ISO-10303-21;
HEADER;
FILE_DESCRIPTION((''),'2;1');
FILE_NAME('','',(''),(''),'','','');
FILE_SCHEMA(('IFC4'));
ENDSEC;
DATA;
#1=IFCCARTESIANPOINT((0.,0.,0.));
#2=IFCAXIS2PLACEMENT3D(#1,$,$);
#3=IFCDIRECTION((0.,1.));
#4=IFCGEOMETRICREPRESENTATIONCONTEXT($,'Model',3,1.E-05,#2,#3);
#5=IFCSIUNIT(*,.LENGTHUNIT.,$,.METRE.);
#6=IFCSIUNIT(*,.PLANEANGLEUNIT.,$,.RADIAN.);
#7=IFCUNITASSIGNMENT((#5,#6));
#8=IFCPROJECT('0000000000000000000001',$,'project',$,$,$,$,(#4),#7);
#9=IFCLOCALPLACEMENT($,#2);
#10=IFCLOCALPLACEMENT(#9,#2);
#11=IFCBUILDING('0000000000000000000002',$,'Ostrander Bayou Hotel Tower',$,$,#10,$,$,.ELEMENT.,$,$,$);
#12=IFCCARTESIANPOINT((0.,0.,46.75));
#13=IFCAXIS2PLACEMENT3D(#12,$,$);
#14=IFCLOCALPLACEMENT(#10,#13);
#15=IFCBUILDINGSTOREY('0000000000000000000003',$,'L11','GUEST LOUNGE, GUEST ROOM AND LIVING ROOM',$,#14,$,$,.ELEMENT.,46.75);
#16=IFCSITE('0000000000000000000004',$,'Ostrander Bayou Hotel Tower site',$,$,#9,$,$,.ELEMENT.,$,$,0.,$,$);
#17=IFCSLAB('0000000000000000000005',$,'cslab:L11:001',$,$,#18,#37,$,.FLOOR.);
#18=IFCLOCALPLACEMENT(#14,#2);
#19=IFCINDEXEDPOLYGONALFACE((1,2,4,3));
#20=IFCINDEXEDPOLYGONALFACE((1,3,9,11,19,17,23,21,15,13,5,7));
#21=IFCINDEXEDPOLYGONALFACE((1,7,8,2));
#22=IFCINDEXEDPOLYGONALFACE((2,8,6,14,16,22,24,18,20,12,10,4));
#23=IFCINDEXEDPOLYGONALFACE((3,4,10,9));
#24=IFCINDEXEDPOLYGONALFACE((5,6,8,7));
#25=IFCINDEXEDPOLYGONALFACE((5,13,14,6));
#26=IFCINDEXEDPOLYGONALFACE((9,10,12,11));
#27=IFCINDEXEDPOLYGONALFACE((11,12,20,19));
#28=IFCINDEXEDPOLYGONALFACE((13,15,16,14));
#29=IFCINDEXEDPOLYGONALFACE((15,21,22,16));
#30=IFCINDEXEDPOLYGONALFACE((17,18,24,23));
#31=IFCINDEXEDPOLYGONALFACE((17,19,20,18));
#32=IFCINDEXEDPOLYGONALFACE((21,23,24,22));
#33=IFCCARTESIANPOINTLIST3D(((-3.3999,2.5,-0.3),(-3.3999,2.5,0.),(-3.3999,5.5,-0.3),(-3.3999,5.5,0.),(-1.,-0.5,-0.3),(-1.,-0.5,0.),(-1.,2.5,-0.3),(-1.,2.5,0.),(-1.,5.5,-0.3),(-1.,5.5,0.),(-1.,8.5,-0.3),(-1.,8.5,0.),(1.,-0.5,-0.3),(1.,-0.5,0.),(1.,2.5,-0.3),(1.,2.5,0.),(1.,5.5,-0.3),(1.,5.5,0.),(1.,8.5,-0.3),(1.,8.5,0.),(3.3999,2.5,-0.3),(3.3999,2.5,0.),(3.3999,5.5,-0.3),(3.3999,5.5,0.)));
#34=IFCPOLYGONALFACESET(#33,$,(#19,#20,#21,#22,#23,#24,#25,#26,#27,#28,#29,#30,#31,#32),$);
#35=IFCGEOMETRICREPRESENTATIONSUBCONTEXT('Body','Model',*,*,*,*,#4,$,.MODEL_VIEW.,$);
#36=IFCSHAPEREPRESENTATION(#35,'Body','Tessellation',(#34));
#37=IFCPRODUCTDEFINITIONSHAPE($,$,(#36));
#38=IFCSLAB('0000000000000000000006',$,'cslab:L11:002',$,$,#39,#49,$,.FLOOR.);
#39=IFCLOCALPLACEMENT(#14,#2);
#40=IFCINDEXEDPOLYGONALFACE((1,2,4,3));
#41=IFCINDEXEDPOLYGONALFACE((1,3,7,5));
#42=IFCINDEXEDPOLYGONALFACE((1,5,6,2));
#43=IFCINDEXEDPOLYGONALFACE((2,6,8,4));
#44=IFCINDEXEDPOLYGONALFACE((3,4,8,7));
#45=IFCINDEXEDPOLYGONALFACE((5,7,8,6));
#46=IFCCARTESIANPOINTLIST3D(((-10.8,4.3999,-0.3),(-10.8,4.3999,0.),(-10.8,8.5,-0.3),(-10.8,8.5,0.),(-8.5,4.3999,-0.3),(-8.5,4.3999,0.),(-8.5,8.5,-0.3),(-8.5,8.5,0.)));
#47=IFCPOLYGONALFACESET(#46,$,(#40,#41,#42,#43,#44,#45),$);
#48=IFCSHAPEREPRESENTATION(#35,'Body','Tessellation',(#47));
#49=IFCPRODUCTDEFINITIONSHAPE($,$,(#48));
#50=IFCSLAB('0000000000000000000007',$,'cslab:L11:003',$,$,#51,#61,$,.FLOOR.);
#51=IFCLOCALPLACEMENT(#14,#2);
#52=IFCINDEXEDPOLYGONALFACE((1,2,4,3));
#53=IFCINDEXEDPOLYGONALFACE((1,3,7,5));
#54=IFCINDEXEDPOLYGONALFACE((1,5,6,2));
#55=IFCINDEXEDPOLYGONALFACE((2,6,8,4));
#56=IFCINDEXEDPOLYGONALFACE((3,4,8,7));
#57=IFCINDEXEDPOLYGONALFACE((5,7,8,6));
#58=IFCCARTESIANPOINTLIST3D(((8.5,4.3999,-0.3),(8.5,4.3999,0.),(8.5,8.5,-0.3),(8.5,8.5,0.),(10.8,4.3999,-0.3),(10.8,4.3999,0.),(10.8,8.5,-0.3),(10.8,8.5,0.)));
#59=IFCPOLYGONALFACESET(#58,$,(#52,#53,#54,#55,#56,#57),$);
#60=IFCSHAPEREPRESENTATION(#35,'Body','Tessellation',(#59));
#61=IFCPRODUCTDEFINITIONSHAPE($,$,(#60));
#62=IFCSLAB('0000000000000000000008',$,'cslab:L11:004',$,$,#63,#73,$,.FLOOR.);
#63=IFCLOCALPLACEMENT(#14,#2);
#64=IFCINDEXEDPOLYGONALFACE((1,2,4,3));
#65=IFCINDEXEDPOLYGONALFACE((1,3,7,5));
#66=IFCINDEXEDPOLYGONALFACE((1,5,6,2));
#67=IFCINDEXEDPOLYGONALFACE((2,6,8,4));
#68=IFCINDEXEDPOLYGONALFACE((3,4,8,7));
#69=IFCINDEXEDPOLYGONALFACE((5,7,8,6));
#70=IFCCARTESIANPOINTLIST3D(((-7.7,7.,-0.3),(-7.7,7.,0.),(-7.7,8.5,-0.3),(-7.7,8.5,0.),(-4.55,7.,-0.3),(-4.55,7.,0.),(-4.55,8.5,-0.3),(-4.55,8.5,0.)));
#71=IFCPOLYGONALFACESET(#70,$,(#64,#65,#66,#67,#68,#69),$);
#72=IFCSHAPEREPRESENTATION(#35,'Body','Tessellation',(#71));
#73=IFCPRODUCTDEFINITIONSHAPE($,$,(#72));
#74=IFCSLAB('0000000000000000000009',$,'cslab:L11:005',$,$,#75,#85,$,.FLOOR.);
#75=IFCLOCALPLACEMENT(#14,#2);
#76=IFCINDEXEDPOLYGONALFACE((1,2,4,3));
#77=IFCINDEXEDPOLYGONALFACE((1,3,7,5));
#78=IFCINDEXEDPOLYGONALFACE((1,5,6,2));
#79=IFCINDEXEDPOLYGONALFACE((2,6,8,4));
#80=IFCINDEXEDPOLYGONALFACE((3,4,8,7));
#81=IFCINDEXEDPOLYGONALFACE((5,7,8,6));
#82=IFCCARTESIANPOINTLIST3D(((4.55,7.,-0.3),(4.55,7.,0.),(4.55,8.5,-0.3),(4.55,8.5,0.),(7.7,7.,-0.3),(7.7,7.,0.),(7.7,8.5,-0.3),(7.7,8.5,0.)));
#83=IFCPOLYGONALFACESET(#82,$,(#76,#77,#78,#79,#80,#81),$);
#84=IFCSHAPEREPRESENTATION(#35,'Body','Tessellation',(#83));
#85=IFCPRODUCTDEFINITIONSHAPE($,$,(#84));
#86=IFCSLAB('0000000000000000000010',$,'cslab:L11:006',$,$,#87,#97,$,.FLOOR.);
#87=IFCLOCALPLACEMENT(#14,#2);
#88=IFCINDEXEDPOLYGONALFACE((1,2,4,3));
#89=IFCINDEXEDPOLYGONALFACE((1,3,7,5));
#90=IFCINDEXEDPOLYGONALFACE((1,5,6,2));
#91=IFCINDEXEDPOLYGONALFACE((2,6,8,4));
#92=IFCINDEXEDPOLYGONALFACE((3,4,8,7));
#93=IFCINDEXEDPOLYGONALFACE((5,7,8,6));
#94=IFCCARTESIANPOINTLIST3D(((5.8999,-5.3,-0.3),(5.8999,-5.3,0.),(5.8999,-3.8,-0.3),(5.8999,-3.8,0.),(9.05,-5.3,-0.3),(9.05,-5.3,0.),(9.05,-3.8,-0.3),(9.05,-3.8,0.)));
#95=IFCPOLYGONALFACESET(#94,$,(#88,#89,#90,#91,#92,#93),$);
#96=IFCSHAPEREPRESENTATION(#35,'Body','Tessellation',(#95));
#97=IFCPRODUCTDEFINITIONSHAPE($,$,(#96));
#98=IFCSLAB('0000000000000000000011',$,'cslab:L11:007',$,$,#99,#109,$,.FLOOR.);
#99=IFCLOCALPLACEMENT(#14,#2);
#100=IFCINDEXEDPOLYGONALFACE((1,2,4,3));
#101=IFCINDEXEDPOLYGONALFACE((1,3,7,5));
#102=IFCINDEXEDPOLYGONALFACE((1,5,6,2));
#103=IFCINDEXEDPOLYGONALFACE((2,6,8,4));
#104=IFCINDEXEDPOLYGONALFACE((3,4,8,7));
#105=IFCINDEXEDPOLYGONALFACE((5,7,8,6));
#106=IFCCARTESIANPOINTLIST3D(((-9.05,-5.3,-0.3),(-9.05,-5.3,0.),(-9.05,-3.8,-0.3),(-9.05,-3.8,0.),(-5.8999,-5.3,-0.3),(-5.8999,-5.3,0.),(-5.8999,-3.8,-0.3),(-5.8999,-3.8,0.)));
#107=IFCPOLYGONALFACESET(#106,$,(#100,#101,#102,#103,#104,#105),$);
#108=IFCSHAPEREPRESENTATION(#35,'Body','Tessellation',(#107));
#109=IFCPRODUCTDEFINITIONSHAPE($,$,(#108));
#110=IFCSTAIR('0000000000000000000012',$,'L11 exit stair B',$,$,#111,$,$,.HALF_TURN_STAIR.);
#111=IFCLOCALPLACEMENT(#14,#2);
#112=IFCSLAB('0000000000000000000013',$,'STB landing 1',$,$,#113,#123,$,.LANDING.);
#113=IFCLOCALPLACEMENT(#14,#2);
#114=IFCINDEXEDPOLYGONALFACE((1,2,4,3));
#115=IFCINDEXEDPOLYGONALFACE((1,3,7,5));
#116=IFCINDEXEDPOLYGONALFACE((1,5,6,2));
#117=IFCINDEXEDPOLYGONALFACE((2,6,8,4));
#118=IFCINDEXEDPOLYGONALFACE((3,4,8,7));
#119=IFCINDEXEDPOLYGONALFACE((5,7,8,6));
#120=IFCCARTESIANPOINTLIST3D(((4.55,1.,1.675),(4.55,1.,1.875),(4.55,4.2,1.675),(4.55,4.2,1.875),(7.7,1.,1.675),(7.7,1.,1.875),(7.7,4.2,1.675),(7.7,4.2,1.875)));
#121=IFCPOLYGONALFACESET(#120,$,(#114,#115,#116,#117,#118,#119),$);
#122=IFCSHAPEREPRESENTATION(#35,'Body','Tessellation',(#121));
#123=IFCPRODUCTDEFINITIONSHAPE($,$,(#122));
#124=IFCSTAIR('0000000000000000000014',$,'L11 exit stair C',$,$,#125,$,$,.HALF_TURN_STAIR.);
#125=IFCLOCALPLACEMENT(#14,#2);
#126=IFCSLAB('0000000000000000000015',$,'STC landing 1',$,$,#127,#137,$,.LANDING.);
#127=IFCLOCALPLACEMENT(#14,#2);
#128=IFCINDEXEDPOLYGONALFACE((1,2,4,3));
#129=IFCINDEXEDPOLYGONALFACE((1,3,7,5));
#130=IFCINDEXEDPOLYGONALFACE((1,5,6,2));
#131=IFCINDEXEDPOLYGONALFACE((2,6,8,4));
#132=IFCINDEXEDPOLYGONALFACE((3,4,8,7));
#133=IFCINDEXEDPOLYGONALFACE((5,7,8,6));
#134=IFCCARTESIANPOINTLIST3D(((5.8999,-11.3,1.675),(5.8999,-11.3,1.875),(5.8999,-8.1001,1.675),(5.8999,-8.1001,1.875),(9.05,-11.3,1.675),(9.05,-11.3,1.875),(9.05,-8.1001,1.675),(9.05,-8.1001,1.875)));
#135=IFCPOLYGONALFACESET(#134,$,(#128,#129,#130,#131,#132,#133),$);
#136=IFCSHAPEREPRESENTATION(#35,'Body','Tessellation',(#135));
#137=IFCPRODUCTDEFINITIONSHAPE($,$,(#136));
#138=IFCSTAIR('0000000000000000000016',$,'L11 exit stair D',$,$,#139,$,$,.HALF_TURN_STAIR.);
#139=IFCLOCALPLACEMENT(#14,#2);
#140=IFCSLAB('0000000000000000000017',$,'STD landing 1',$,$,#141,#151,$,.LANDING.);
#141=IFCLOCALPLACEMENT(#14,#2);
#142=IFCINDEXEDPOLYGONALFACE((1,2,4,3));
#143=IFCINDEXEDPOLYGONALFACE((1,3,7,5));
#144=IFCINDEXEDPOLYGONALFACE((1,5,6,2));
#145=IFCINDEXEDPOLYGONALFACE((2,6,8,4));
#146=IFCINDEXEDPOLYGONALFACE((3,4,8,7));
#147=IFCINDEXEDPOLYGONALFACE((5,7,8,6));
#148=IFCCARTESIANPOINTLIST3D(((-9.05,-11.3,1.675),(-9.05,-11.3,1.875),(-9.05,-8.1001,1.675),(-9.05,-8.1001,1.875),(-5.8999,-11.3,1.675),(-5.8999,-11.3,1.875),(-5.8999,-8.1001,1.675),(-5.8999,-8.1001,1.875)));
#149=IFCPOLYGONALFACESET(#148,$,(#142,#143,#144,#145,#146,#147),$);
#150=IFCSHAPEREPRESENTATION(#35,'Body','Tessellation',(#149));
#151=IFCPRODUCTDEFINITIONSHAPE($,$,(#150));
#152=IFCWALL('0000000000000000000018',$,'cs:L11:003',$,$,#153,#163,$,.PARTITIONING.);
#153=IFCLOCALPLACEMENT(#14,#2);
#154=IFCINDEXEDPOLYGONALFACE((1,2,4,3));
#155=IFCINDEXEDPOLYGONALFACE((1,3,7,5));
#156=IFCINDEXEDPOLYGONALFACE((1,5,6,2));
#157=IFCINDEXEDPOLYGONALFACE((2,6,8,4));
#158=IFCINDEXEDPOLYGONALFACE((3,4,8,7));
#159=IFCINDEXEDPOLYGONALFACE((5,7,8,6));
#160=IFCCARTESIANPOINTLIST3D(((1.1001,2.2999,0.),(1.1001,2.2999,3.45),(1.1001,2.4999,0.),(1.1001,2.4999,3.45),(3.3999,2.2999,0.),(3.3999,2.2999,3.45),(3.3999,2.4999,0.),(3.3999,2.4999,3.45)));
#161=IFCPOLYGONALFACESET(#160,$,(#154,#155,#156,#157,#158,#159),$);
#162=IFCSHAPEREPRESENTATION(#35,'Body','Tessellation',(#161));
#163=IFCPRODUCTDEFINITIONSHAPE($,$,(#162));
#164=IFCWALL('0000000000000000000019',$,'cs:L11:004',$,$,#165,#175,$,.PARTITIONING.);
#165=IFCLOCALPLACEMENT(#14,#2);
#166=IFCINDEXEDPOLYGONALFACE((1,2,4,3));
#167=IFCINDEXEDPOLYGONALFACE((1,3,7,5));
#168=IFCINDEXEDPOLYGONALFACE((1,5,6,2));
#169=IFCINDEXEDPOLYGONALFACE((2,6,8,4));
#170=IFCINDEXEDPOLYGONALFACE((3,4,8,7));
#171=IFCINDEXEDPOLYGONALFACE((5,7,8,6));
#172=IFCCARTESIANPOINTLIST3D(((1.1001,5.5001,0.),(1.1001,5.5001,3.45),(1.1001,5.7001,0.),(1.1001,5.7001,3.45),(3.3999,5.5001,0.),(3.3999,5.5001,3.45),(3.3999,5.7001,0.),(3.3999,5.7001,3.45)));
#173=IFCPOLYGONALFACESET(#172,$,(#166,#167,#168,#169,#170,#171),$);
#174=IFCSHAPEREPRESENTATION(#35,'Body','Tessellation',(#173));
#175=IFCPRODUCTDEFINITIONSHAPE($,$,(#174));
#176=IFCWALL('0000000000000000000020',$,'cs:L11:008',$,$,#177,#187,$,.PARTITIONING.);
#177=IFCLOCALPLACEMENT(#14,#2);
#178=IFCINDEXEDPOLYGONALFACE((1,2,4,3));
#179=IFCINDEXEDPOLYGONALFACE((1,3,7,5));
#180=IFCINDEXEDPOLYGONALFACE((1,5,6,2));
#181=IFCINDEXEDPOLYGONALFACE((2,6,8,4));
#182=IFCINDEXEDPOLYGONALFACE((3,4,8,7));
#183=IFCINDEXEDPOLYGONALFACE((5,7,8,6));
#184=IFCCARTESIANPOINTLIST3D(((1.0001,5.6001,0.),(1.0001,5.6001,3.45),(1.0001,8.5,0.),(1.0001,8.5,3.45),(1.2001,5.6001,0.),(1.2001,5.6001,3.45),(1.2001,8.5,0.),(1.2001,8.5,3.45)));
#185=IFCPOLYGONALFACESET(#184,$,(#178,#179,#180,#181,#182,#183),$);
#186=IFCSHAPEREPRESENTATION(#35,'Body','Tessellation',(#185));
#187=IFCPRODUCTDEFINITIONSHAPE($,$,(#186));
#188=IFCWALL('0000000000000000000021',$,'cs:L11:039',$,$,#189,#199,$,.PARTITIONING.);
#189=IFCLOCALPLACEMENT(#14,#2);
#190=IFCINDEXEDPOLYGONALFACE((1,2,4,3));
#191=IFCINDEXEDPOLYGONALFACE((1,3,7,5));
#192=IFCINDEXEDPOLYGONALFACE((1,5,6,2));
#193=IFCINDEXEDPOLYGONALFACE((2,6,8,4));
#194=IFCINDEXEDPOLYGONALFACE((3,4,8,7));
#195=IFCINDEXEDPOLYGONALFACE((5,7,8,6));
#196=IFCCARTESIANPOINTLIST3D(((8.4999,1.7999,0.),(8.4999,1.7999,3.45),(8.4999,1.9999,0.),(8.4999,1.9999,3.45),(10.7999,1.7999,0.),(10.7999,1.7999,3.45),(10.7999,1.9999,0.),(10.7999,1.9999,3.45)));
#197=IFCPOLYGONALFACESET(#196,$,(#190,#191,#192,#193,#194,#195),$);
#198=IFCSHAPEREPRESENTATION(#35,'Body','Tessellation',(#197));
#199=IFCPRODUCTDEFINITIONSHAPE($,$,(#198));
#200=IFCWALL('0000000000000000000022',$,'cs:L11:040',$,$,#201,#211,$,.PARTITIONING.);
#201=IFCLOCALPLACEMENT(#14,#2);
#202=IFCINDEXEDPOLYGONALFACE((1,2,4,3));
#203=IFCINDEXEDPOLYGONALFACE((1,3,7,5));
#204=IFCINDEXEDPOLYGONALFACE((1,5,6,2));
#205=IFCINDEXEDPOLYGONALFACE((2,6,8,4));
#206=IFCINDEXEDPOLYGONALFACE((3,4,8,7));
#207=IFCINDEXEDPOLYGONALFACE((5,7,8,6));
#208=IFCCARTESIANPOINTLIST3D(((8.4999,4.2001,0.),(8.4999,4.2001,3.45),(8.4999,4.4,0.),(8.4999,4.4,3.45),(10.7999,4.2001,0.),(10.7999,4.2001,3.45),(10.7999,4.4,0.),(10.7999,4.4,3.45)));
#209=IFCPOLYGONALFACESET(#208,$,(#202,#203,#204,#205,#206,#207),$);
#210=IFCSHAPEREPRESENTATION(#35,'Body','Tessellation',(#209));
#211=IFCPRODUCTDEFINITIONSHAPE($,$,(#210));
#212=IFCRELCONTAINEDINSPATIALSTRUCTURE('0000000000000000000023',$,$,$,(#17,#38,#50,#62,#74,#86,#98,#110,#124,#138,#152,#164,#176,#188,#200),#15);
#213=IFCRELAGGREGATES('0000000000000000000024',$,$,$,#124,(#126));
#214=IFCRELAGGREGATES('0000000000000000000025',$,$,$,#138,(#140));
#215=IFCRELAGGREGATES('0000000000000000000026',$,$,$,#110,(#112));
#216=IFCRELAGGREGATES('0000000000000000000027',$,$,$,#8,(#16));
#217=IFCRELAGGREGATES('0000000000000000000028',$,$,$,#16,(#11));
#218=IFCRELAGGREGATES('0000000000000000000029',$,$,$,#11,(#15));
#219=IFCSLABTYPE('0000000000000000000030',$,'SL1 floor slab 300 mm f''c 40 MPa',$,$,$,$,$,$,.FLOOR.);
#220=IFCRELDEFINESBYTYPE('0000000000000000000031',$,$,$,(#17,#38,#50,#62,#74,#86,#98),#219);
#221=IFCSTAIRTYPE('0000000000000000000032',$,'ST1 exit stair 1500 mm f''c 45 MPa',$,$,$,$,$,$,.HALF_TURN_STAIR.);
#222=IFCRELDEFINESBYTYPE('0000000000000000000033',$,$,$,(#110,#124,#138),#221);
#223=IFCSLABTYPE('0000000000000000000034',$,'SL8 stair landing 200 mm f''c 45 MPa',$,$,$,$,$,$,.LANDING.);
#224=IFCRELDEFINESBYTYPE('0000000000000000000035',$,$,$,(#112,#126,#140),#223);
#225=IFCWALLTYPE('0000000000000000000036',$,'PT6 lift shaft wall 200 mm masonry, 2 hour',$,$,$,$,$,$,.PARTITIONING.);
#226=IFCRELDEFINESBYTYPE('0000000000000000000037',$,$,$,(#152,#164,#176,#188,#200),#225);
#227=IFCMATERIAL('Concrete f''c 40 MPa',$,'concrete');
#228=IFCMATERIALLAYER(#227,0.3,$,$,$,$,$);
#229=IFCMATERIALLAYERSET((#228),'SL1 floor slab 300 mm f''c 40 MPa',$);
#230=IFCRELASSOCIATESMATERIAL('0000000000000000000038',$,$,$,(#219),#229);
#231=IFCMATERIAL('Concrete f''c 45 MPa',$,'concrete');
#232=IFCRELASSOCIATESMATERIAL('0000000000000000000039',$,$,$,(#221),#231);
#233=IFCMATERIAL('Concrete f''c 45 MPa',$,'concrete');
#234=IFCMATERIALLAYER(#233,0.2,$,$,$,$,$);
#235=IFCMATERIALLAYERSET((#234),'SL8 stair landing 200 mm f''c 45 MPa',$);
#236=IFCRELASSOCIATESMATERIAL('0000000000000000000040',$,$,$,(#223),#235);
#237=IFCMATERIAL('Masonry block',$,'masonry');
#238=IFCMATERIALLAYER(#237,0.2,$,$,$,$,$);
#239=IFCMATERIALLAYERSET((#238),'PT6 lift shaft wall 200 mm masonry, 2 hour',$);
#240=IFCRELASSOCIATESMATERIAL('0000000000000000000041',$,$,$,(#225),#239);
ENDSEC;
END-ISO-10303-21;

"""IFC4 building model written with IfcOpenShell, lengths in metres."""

from ifc_helpers import new_model, si_unit, direction, frame, frame_2d, origin, place, context, subcontext, project, spatial, polyline, rectangle, outline, extrude, material, layer, layer_set, type_object, element, aggregate, save


model = new_model("IFC4")

# Units and contexts
model_context = context("Model", 3, precision=1e-05, world=origin(), true_north=direction((0.0, 1.0)))
body_context = subcontext(model_context, "Body", "Model", "MODEL_VIEW")
ifc_project = project(units=[si_unit("LENGTHUNIT", "METRE"), si_unit("PLANEANGLEUNIT", "RADIAN")], contexts=[model_context])

# Site, building, storey
site_placement = place(None, origin())
site = spatial("IfcSite", under=ifc_project, at=site_placement, Name="Ostrander Bayou Hotel Tower site", CompositionType="ELEMENT", RefElevation=0.0)
building_placement = place(site_placement, origin())
building = spatial("IfcBuilding", under=site, at=building_placement, Name="Ostrander Bayou Hotel Tower", CompositionType="ELEMENT")
storey_placement = place(building_placement, frame((0.0, 0.0, 46.75)))
storey = spatial("IfcBuildingStorey", under=building, at=storey_placement, Name="L11", Description="GUEST LOUNGE, GUEST ROOM AND LIVING ROOM", CompositionType="ELEMENT", Elevation=46.75)

# Slabs
ifc_material_1 = material(Name="Concrete f'c 40 MPa", Category="concrete")
ifc_layer_1 = layer(ifc_material_1, 0.3)
ifc_layer_set_1 = layer_set([ifc_layer_1], Name="SL1 floor slab 300 mm f'c 40 MPa")
slab_type_1 = type_object("IfcSlabType", Name="SL1 floor slab 300 mm f'c 40 MPa", PredefinedType="FLOOR", material=ifc_layer_set_1)
slab_1_placement = place(storey_placement, frame((0.0, 0.0, -0.3)))
element("IfcSlab", 1, at=slab_1_placement, inside=storey, type_object=slab_type_1, Name="cslab:L11:001", PredefinedType="FLOOR", context=body_context, shape_type="SweptSolid", body=[
    extrude(outline(polyline([(-3.3999, 5.5), (-1.0, 5.5), (-1.0, 8.5), (1.0, 8.5), (1.0, 5.5), (3.3999, 5.5), (3.3999, 2.5), (1.0, 2.5), (1.0, -0.5), (-1.0, -0.5), (-1.0, 2.5), (-3.3999, 2.5), (-3.3999, 5.5)])), origin(), (0.0, 0.0, 1.0), 0.3),
])
slab_2_placement = place(storey_placement, frame((0.0, 0.0, -0.3)))
element("IfcSlab", 2, at=slab_2_placement, inside=storey, type_object=slab_type_1, Name="cslab:L11:002", PredefinedType="FLOOR", context=body_context, shape_type="SweptSolid", body=[
    extrude(outline(polyline([(-8.5, 4.3999), (-8.5, 8.5), (-10.8, 8.5), (-10.8, 4.3999), (-8.5, 4.3999)])), origin(), (0.0, 0.0, 1.0), 0.3),
])
slab_3_placement = place(storey_placement, frame((0.0, 0.0, -0.3)))
element("IfcSlab", 3, at=slab_3_placement, inside=storey, type_object=slab_type_1, Name="cslab:L11:003", PredefinedType="FLOOR", context=body_context, shape_type="SweptSolid", body=[
    extrude(outline(polyline([(10.8, 4.3999), (10.8, 8.5), (8.5, 8.5), (8.5, 4.3999), (10.8, 4.3999)])), origin(), (0.0, 0.0, 1.0), 0.3),
])
slab_4_placement = place(storey_placement, frame((0.0, 0.0, -0.3)))
element("IfcSlab", 4, at=slab_4_placement, inside=storey, type_object=slab_type_1, Name="cslab:L11:004", PredefinedType="FLOOR", context=body_context, shape_type="SweptSolid", body=[
    extrude(outline(polyline([(-4.55, 7.0), (-4.55, 8.5), (-7.7, 8.5), (-7.7, 7.0), (-4.55, 7.0)])), origin(), (0.0, 0.0, 1.0), 0.3),
])
slab_5_placement = place(storey_placement, frame((0.0, 0.0, -0.3)))
element("IfcSlab", 5, at=slab_5_placement, inside=storey, type_object=slab_type_1, Name="cslab:L11:005", PredefinedType="FLOOR", context=body_context, shape_type="SweptSolid", body=[
    extrude(outline(polyline([(7.7, 7.0), (7.7, 8.5), (4.55, 8.5), (4.55, 7.0), (7.7, 7.0)])), origin(), (0.0, 0.0, 1.0), 0.3),
])
slab_6_placement = place(storey_placement, frame((0.0, 0.0, -0.3)))
element("IfcSlab", 6, at=slab_6_placement, inside=storey, type_object=slab_type_1, Name="cslab:L11:006", PredefinedType="FLOOR", context=body_context, shape_type="SweptSolid", body=[
    extrude(outline(polyline([(9.05, -5.3), (9.05, -3.8), (5.8999, -3.8), (5.8999, -5.3), (9.05, -5.3)])), origin(), (0.0, 0.0, 1.0), 0.3),
])
slab_7_placement = place(storey_placement, frame((0.0, 0.0, -0.3)))
element("IfcSlab", 7, at=slab_7_placement, inside=storey, type_object=slab_type_1, Name="cslab:L11:007", PredefinedType="FLOOR", context=body_context, shape_type="SweptSolid", body=[
    extrude(outline(polyline([(-5.8999, -5.3), (-5.8999, -3.8), (-9.05, -3.8), (-9.05, -5.3), (-5.8999, -5.3)])), origin(), (0.0, 0.0, 1.0), 0.3),
])

# Stairs, slabs
ifc_material_2 = material(Name="Concrete f'c 45 MPa", Category="concrete")
stair_type = type_object("IfcStairType", Name="ST1 exit stair 1500 mm f'c 45 MPa", PredefinedType="HALF_TURN_STAIR", material=ifc_material_2)
stair_1_placement = place(storey_placement, origin())
stair_1 = element("IfcStair", 8, at=stair_1_placement, inside=storey, type_object=stair_type, Name="L11 exit stair B", PredefinedType="HALF_TURN_STAIR")
ifc_material_3 = material(Name="Concrete f'c 45 MPa", Category="concrete")
ifc_layer_2 = layer(ifc_material_3, 0.2)
ifc_layer_set_2 = layer_set([ifc_layer_2], Name="SL8 stair landing 200 mm f'c 45 MPa")
slab_type_2 = type_object("IfcSlabType", Name="SL8 stair landing 200 mm f'c 45 MPa", PredefinedType="LANDING", material=ifc_layer_set_2)
slab_8_placement = place(storey_placement, frame((0.0, 0.0, 1.675)))
slab_8 = element("IfcSlab", 9, at=slab_8_placement, type_object=slab_type_2, Name="STB landing 1", PredefinedType="LANDING", context=body_context, shape_type="SweptSolid", body=[
    extrude(outline(polyline([(4.55, 4.2), (4.55, 1.0), (7.7, 1.0), (7.7, 4.2), (4.55, 4.2)])), origin(), (0.0, 0.0, 1.0), 0.2),
])
stair_2_placement = place(storey_placement, origin())
stair_2 = element("IfcStair", 10, at=stair_2_placement, inside=storey, type_object=stair_type, Name="L11 exit stair C", PredefinedType="HALF_TURN_STAIR")
slab_9_placement = place(storey_placement, frame((0.0, 0.0, 1.675)))
slab_9 = element("IfcSlab", 11, at=slab_9_placement, type_object=slab_type_2, Name="STC landing 1", PredefinedType="LANDING", context=body_context, shape_type="SweptSolid", body=[
    extrude(outline(polyline([(5.8999, -8.1001), (5.8999, -11.3), (9.05, -11.3), (9.05, -8.1001), (5.8999, -8.1001)])), origin(), (0.0, 0.0, 1.0), 0.2),
])
aggregate(stair_2, [slab_9])
stair_3_placement = place(storey_placement, origin())
stair_3 = element("IfcStair", 12, at=stair_3_placement, inside=storey, type_object=stair_type, Name="L11 exit stair D", PredefinedType="HALF_TURN_STAIR")
slab_10_placement = place(storey_placement, frame((0.0, 0.0, 1.675)))
slab_10 = element("IfcSlab", 13, at=slab_10_placement, type_object=slab_type_2, Name="STD landing 1", PredefinedType="LANDING", context=body_context, shape_type="SweptSolid", body=[
    extrude(outline(polyline([(-9.05, -8.1001), (-9.05, -11.3), (-5.8999, -11.3), (-5.8999, -8.1001), (-9.05, -8.1001)])), origin(), (0.0, 0.0, 1.0), 0.2),
])
aggregate(stair_3, [slab_10])

# Walls
ifc_material_4 = material(Name="Masonry block", Category="masonry")
ifc_layer_3 = layer(ifc_material_4, 0.2)
ifc_layer_set_3 = layer_set([ifc_layer_3], Name="PT6 lift shaft wall 200 mm masonry, 2 hour")
wall_type_1 = type_object("IfcWallType", Name="PT6 lift shaft wall 200 mm masonry, 2 hour", PredefinedType="PARTITIONING", material=ifc_layer_set_3)
for number, where, z_axis, x_axis, name in (
    (14, (1.1001, 2.3999, 0.0), (0.0, 0.0, 1.0), (1.0, 0.0, 0.0), "cs:L11:003"),
    (15, (1.1001, 5.6001, 0.0), (0.0, 0.0, 1.0), (1.0, 0.0, 0.0), "cs:L11:004"),
):
    element("IfcWall", number, at=place(storey_placement, frame(where, z_axis=z_axis, x_axis=x_axis)), inside=storey, type_object=wall_type_1, Name=name, PredefinedType="PARTITIONING", context=body_context, shape_type="SweptSolid", body=[
        extrude(rectangle(XDim=2.2998, YDim=0.2, at=frame_2d((1.1499, 0.0))), origin(), (0.0, 0.0, 1.0), 3.45),
    ])
wall_1_placement = place(storey_placement, frame((1.1001, 5.6001, 0.0), z_axis=(0.0, 0.0, 1.0), x_axis=(0.0, 1.0, 0.0)))
element("IfcWall", 16, at=wall_1_placement, inside=storey, type_object=wall_type_1, Name="cs:L11:008", PredefinedType="PARTITIONING", context=body_context, shape_type="SweptSolid", body=[
    extrude(rectangle(XDim=2.8999, YDim=0.2, at=frame_2d((1.45, 0.0))), origin(), (0.0, 0.0, 1.0), 3.45),
])
for number, where, z_axis, x_axis, name in (
    (17, (8.5, 1.8999, 0.0), (0.0, 0.0, 1.0), (1.0, 0.0, 0.0), "cs:L11:039"),
    (18, (8.5, 4.3, 0.0), (0.0, 0.0, 1.0), (1.0, 0.0, 0.0), "cs:L11:040"),
):
    element("IfcWall", number, at=place(storey_placement, frame(where, z_axis=z_axis, x_axis=x_axis)), inside=storey, type_object=wall_type_1, Name=name, PredefinedType="PARTITIONING", context=body_context, shape_type="SweptSolid", body=[
        extrude(rectangle(XDim=2.3, YDim=0.2, at=frame_2d((1.1499, 0.0))), origin(), (0.0, 0.0, 1.0), 3.45),
    ])

aggregate(stair_1, [slab_8])

save(model, "model.ifc")
